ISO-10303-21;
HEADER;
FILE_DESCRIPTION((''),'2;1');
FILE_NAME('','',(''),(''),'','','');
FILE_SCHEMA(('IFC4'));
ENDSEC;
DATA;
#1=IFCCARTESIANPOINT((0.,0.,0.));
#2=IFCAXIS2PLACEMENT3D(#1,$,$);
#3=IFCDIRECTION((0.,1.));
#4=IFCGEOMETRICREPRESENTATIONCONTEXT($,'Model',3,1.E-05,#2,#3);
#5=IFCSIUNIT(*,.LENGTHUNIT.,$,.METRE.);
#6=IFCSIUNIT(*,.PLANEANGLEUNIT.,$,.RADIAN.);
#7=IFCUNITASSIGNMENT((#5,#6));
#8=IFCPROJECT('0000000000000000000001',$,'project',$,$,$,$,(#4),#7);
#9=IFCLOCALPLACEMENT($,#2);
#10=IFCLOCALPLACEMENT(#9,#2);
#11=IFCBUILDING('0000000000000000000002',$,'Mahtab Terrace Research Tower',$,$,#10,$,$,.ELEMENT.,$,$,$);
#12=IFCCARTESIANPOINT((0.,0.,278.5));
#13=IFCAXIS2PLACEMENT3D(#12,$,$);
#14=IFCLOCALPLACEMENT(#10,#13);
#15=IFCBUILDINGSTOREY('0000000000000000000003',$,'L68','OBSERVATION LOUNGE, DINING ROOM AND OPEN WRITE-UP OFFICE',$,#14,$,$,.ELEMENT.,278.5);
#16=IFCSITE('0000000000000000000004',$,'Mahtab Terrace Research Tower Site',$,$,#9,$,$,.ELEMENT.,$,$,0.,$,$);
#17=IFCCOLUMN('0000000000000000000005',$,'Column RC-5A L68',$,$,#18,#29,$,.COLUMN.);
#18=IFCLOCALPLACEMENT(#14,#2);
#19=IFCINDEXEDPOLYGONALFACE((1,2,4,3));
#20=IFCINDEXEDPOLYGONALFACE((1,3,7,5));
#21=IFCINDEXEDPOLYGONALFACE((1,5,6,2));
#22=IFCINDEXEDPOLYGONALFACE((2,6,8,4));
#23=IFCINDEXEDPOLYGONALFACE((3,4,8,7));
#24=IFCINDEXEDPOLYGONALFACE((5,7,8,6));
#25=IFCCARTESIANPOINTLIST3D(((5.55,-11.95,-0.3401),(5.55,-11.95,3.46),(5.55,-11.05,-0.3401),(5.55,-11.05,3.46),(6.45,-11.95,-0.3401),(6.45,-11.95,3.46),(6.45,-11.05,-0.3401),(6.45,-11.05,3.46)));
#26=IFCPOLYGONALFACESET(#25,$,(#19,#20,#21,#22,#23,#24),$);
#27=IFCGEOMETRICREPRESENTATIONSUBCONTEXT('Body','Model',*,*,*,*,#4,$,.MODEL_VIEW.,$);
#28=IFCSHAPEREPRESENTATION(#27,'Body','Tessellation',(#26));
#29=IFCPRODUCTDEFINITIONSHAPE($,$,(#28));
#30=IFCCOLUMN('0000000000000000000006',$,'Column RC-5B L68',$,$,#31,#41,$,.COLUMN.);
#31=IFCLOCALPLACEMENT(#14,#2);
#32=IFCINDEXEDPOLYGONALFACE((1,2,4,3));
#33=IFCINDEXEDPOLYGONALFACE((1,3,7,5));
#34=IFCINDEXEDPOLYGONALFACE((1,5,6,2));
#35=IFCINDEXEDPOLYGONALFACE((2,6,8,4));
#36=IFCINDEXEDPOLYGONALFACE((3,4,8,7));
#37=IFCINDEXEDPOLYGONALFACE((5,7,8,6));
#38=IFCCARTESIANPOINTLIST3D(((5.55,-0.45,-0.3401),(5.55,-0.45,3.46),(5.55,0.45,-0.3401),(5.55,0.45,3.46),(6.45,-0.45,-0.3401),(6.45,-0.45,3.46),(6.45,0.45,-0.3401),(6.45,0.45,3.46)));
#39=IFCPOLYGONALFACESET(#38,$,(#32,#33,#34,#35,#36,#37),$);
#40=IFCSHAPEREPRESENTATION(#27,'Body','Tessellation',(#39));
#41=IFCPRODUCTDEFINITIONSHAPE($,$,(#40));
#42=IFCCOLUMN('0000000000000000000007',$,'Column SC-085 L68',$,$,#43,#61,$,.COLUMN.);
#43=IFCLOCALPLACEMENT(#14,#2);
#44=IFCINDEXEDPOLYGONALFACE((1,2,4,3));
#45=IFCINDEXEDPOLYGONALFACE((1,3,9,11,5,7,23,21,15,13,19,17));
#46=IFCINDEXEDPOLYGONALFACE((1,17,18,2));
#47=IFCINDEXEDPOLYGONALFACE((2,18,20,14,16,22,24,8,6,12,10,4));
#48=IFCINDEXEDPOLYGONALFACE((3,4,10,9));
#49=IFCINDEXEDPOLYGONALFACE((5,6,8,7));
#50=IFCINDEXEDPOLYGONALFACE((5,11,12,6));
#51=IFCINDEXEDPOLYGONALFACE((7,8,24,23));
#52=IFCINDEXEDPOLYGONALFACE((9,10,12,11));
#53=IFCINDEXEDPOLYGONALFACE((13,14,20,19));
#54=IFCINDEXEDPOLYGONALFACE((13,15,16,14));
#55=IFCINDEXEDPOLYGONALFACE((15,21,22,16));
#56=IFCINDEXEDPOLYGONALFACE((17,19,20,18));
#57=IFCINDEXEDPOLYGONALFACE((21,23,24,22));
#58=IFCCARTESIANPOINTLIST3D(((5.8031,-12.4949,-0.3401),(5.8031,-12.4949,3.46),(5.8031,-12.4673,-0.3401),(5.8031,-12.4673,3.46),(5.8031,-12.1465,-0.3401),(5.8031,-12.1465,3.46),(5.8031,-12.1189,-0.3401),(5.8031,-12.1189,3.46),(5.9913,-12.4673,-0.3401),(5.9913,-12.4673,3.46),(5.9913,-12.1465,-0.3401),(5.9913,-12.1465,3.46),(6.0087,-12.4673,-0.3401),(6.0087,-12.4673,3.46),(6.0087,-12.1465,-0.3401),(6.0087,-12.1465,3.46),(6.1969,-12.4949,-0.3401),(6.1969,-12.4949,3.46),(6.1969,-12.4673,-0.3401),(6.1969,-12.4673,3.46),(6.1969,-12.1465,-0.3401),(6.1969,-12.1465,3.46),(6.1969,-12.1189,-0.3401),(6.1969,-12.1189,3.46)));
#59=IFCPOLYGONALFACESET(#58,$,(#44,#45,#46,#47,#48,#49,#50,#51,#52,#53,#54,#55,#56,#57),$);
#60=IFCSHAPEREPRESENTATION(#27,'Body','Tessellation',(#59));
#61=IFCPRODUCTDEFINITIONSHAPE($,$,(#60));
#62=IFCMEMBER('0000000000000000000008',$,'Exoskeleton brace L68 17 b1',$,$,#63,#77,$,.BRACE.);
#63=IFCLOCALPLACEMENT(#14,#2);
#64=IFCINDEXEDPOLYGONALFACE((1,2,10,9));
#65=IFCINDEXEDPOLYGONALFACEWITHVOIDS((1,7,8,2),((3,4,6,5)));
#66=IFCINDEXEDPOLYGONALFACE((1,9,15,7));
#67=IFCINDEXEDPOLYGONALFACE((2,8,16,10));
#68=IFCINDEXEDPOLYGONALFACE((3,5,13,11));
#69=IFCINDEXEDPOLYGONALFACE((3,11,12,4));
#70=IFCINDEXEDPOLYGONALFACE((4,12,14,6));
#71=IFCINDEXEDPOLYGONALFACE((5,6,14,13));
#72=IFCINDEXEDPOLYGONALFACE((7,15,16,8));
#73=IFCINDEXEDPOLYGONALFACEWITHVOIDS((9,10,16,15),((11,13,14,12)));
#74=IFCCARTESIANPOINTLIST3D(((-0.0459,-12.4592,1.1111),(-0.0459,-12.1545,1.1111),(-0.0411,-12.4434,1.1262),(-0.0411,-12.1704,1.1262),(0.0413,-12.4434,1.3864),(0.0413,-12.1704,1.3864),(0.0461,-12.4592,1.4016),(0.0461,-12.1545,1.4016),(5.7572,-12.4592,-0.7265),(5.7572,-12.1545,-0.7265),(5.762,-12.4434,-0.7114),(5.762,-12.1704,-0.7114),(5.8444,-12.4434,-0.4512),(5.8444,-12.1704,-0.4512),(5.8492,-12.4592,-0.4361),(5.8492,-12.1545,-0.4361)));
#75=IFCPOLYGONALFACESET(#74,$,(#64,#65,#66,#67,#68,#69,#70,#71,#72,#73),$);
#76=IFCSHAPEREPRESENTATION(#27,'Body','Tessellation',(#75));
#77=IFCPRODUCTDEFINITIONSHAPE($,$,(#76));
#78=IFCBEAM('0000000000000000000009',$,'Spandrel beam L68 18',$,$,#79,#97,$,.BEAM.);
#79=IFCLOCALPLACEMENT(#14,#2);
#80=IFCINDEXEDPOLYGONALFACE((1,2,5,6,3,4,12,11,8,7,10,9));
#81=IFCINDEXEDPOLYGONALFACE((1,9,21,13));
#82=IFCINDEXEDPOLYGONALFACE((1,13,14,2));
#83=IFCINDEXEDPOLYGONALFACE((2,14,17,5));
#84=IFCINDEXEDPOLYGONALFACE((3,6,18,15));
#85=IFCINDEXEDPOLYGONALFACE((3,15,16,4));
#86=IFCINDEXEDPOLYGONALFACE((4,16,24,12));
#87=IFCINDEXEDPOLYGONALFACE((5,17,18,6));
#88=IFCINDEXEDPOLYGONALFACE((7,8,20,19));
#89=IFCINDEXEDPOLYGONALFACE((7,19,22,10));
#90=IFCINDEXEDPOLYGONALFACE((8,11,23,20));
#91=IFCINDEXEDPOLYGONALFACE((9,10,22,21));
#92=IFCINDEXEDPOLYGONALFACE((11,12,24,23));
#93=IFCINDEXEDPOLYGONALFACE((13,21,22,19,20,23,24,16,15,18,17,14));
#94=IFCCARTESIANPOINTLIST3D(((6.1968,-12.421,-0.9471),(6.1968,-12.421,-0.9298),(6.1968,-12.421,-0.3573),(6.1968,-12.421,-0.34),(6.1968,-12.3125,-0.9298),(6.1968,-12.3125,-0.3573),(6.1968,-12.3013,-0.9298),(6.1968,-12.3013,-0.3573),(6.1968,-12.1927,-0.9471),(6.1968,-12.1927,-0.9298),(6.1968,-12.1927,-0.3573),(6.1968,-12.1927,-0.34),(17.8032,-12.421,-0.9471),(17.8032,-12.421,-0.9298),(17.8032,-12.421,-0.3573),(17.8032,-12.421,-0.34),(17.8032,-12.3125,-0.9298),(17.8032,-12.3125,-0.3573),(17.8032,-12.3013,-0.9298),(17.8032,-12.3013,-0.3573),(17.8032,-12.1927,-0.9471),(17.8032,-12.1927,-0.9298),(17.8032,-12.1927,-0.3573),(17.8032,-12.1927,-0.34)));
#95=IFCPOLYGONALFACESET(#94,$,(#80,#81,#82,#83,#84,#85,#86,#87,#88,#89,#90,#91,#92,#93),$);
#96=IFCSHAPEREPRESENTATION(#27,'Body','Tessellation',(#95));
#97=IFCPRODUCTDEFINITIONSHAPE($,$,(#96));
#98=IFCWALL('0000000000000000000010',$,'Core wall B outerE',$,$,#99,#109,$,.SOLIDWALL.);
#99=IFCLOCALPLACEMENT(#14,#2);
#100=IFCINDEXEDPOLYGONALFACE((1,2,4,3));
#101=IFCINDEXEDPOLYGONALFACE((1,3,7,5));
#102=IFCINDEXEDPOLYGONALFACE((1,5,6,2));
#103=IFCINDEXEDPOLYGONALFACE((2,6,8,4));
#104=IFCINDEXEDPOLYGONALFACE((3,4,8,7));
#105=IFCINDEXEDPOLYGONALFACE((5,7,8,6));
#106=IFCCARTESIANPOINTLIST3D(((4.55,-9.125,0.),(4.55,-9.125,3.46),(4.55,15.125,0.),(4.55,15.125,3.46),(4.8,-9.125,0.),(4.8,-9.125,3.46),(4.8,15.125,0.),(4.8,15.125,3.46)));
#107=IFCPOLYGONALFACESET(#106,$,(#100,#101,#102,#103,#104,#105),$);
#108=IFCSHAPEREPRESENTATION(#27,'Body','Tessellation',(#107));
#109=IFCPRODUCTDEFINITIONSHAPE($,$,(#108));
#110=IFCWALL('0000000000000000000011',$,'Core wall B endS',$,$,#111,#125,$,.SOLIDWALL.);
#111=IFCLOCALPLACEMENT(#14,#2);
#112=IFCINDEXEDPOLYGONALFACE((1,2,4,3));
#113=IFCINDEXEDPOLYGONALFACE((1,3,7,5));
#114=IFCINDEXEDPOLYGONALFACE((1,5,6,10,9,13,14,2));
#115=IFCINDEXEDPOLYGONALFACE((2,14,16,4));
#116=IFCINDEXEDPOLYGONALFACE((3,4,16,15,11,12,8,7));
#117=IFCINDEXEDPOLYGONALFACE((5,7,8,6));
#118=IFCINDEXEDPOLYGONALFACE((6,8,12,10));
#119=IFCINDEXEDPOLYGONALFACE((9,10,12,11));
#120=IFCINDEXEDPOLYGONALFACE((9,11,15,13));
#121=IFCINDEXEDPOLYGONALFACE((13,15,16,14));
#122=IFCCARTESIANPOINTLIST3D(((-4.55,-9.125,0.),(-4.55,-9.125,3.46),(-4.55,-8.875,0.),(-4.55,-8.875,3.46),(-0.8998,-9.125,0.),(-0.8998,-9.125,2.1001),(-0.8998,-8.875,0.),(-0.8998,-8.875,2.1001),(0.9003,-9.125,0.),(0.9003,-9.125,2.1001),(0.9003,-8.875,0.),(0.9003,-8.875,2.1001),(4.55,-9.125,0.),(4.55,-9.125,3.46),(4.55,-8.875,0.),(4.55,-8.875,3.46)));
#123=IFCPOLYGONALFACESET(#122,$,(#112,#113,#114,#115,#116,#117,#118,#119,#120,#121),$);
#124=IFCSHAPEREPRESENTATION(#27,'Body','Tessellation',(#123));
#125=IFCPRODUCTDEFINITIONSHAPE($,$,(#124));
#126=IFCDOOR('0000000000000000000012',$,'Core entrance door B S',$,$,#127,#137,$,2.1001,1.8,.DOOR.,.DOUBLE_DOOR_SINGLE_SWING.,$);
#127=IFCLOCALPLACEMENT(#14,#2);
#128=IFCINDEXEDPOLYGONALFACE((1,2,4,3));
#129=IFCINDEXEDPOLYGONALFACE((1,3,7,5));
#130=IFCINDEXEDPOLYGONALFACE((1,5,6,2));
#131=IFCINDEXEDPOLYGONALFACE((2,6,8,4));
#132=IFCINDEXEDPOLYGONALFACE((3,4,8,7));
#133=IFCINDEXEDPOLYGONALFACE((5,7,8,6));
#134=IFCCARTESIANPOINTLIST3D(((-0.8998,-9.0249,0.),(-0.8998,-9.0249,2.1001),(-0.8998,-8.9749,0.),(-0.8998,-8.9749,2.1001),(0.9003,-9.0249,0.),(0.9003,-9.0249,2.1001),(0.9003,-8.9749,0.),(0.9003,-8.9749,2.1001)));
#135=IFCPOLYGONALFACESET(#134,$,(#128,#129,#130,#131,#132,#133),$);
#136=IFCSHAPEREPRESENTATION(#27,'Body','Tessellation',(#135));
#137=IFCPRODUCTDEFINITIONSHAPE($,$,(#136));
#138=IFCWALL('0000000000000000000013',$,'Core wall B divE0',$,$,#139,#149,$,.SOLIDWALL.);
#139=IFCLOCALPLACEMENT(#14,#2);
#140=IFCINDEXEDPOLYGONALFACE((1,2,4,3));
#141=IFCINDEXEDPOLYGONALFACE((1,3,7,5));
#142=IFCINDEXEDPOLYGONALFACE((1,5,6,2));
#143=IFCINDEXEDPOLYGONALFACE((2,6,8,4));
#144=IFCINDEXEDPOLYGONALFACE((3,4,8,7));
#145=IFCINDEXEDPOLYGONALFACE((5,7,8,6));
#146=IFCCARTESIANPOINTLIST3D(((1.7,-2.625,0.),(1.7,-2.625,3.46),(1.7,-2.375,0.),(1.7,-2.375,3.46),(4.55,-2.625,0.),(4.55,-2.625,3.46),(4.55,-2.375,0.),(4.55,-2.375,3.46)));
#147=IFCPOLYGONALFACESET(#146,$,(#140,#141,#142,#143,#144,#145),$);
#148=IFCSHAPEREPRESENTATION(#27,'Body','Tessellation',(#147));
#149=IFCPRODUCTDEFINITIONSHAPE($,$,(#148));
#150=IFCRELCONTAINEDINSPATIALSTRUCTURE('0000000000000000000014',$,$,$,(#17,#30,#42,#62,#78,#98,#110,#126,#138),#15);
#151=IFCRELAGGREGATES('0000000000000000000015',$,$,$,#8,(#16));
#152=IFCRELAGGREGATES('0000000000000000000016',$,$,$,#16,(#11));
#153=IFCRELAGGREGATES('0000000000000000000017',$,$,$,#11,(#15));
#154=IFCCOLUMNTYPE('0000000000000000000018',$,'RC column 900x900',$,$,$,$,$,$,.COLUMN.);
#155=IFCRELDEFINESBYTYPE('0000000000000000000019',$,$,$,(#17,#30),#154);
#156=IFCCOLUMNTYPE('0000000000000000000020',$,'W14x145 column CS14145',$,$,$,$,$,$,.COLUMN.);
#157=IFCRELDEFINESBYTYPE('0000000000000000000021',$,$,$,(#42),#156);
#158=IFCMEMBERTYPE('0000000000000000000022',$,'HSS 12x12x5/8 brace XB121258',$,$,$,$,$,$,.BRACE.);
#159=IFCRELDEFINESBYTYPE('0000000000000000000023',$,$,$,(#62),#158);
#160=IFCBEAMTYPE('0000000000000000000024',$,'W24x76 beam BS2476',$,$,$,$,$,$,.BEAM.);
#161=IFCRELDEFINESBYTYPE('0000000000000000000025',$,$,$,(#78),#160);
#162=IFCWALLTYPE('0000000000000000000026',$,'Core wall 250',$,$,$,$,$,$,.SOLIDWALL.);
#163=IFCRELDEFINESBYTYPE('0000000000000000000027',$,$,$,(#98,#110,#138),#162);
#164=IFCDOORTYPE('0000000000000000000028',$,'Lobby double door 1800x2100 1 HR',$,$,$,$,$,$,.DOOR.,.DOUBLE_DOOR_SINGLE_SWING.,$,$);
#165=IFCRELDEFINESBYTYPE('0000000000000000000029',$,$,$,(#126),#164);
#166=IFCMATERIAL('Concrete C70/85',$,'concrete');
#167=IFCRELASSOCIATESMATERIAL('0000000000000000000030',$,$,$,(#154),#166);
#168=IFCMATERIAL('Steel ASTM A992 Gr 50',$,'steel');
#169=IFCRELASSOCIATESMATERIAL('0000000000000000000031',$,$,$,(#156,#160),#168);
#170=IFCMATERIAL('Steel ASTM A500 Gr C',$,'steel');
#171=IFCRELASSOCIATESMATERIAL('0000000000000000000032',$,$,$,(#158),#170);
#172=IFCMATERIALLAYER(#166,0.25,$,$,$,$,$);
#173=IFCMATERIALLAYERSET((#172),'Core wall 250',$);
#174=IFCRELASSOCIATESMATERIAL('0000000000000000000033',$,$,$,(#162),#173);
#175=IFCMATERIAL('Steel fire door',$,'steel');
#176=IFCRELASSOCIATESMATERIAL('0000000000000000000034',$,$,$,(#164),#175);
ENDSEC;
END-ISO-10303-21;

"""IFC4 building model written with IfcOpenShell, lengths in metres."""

from ifc_helpers import new_model, si_unit, direction, frame, frame_2d, origin, origin_2d, place, context, subcontext, project, spatial, rectangle, hollow_rectangle, i_section, extrude, material, layer, layer_set, material_profile, profile_set, type_object, element, fill, save


model = new_model("IFC4")

# Units and contexts
model_context = context("Model", 3, precision=1e-05, world=origin(), true_north=direction((0.0, 1.0)))
body_context = subcontext(model_context, "Body", "Model", "MODEL_VIEW")
ifc_project = project(units=[si_unit("LENGTHUNIT", "METRE"), si_unit("PLANEANGLEUNIT", "RADIAN")], contexts=[model_context])

# Site, building, storey
site_placement = place(None, origin())
site = spatial("IfcSite", under=ifc_project, at=site_placement, Name="Mahtab Terrace Research Tower Site", CompositionType="ELEMENT", RefElevation=0.0)
building_placement = place(site_placement, origin())
building = spatial("IfcBuilding", under=site, at=building_placement, Name="Mahtab Terrace Research Tower", CompositionType="ELEMENT")
storey_placement = place(building_placement, frame((0.0, 0.0, 278.5)))
storey = spatial("IfcBuildingStorey", under=building, at=storey_placement, Name="L68", Description="OBSERVATION LOUNGE, DINING ROOM AND OPEN WRITE-UP OFFICE", CompositionType="ELEMENT", Elevation=278.5)

# Columns
ifc_material_1 = material(Name="Concrete C70/85", Category="concrete")
ifc_material_profile_1 = material_profile(ifc_material_1, rectangle(XDim=0.8999, YDim=0.8999, at=origin_2d()), Name="RC column 900x900")
ifc_profile_set_1 = profile_set([ifc_material_profile_1], Name="Concrete C70/85")
column_type_1 = type_object("IfcColumnType", Name="RC column 900x900", PredefinedType="COLUMN", material=ifc_profile_set_1)
for number, where, z_axis, x_axis, name in (
    (1, (6.0, -11.5, -0.3401), (0.0, 0.0, 1.0), (1.0, 0.0, 0.0), "Column RC-5A L68"),
    (2, (6.0, 0.0, -0.3401), (0.0, 0.0, 1.0), (1.0, 0.0, 0.0), "Column RC-5B L68"),
):
    element("IfcColumn", number, at=place(storey_placement, frame(where, z_axis=z_axis, x_axis=x_axis)), inside=storey, type_object=column_type_1, Name=name, PredefinedType="COLUMN", context=body_context, shape_type="SweptSolid", body=[
        extrude(rectangle(XDim=0.8999, YDim=0.8999, at=origin_2d()), origin(), (0.0, 0.0, 1.0), 3.8),
    ])
ifc_material_2 = material(Name="Steel ASTM A992 Gr 50", Category="steel")
ifc_material_profile_2 = material_profile(ifc_material_2, i_section(OverallWidth=0.3938, OverallDepth=0.376, WebThickness=0.0173, FlangeThickness=0.0276, at=origin_2d()), Name="W14X145")
ifc_profile_set_2 = profile_set([ifc_material_profile_2], Name="Steel ASTM A992 Gr 50")
column_type_2 = type_object("IfcColumnType", Name="W14x145 column CS14145", PredefinedType="COLUMN", material=ifc_profile_set_2)
column_placement = place(storey_placement, frame((6.0, -12.3069, -0.3401), z_axis=(0.0, 0.0, 1.0), x_axis=(1.0, 0.0, 0.0)))
element("IfcColumn", 3, at=column_placement, inside=storey, type_object=column_type_2, Name="Column SC-085 L68", PredefinedType="COLUMN", context=body_context, shape_type="SweptSolid", body=[
    extrude(i_section(OverallWidth=0.3938, OverallDepth=0.376, WebThickness=0.0173, FlangeThickness=0.0276, at=origin_2d()), origin(), (0.0, 0.0, 1.0), 3.8),
])

# Member
ifc_material_3 = material(Name="Steel ASTM A500 Gr C", Category="steel")
ifc_material_profile_3 = material_profile(ifc_material_3, hollow_rectangle(XDim=0.3047, YDim=0.3047, WallThickness=0.0159, at=origin_2d()), Name="HSS12X12X5/8")
ifc_profile_set_3 = profile_set([ifc_material_profile_3], Name="Steel ASTM A500 Gr C")
member_type = type_object("IfcMemberType", Name="HSS 12x12x5/8 brace XB121258", PredefinedType="BRACE", material=ifc_profile_set_3)
member_placement = place(storey_placement, frame((5.8032, -12.3069, -0.5813), z_axis=(-0.953344, 0.0, 0.301886), x_axis=(0.0, -1.0, 0.0)))
element("IfcMember", 4, at=member_placement, inside=storey, type_object=member_type, Name="Exoskeleton brace L68 17 b1", PredefinedType="BRACE", context=body_context, shape_type="SweptSolid", body=[
    extrude(hollow_rectangle(XDim=0.3047, YDim=0.3047, WallThickness=0.0159, at=origin_2d()), origin(), (0.0, 0.0, 1.0), 6.0872),
])

# Beam
ifc_material_profile_4 = material_profile(ifc_material_2, i_section(OverallWidth=0.2283, OverallDepth=0.6072, WebThickness=0.0112, FlangeThickness=0.0173, at=origin_2d()), Name="W24X76")
ifc_profile_set_4 = profile_set([ifc_material_profile_4], Name="Steel ASTM A992 Gr 50")
beam_type = type_object("IfcBeamType", Name="W24x76 beam BS2476", PredefinedType="BEAM", material=ifc_profile_set_4)
beam_placement = place(storey_placement, frame((6.1968, -12.3069, -0.6436), z_axis=(1.0, 0.0, 0.0), x_axis=(0.0, 1.0, 0.0)))
element("IfcBeam", 5, at=beam_placement, inside=storey, type_object=beam_type, Name="Spandrel beam L68 18", PredefinedType="BEAM", context=body_context, shape_type="SweptSolid", body=[
    extrude(i_section(OverallWidth=0.2283, OverallDepth=0.6072, WebThickness=0.0112, FlangeThickness=0.0173, at=origin_2d()), origin(), (0.0, 0.0, 1.0), 11.6064),
])

# Wall
ifc_layer_1 = layer(ifc_material_1, 0.25)
ifc_layer_set_1 = layer_set([ifc_layer_1], Name="Core wall 250")
wall_type_1 = type_object("IfcWallType", Name="Core wall 250", PredefinedType="SOLIDWALL", material=ifc_layer_set_1)
wall_1_placement = place(storey_placement, frame((4.675, -9.125, 0.0), z_axis=(0.0, 0.0, 1.0), x_axis=(0.0, 1.0, 0.0)))
element("IfcWall", 6, at=wall_1_placement, inside=storey, type_object=wall_type_1, Name="Core wall B outerE", PredefinedType="SOLIDWALL", context=body_context, shape_type="SweptSolid", body=[
    extrude(rectangle(XDim=24.25, YDim=0.25, at=frame_2d((12.125, 0.0))), origin(), (0.0, 0.0, 1.0), 3.46),
])

# Wall, opening, door
wall_2_placement = place(storey_placement, frame((4.55, -9.0, 0.0), z_axis=(0.0, 0.0, 1.0), x_axis=(-1.0, 0.0, 0.0)))
wall_2 = element("IfcWall", 7, at=wall_2_placement, inside=storey, type_object=wall_type_1, Name="Core wall B endS", PredefinedType="SOLIDWALL", context=body_context, shape_type="SweptSolid", body=[
    extrude(rectangle(XDim=9.1001, YDim=0.25, at=frame_2d((4.55, 0.0))), origin(), (0.0, 0.0, 1.0), 3.46),
])
opening_1_placement = place(wall_2_placement, frame((3.6499, 0.0, 0.0)))
opening_1 = element("IfcOpeningElement", 8, at=opening_1_placement, cuts=wall_2, PredefinedType="OPENING", context=body_context, shape_type="SweptSolid", body=[
    extrude(rectangle(XDim=1.8, YDim=2.1001, at=frame_2d((0.8999, 1.05))), frame((0.0, 0.135, 0.0), z_axis=(0.0, -1.0, 0.0), x_axis=(1.0, 0.0, 0.0)), (0.0, 0.0, 1.0), 0.27),
])
ifc_material_4 = material(Name="Steel fire door", Category="steel")
door_type_1 = type_object("IfcDoorType", Name="Lobby double door 1800x2100 1 HR", OperationType="DOUBLE_DOOR_SINGLE_SWING", PredefinedType="DOOR", material=ifc_material_4)
door_1_placement = place(opening_1_placement, origin())
door_1 = element("IfcDoor", 9, at=door_1_placement, inside=storey, type_object=door_type_1, Name="Core entrance door B S", OperationType="DOUBLE_DOOR_SINGLE_SWING", OverallHeight=2.1001, OverallWidth=1.8, PredefinedType="DOOR", context=body_context, shape_type="SweptSolid", body=[
    extrude(rectangle(XDim=1.8, YDim=2.1001, at=frame_2d((0.8999, 1.05))), frame((0.0, 0.0249, 0.0), z_axis=(0.0, -1.0, 0.0), x_axis=(1.0, 0.0, 0.0)), (0.0, 0.0, 1.0), 0.05),
])
fill(opening_1, door_1)

# Wall
wall_3_placement = place(storey_placement, frame((1.7, -2.5, 0.0), z_axis=(0.0, 0.0, 1.0), x_axis=(1.0, 0.0, 0.0)))
element("IfcWall", 10, at=wall_3_placement, inside=storey, type_object=wall_type_1, Name="Core wall B divE0", PredefinedType="SOLIDWALL", context=body_context, shape_type="SweptSolid", body=[
    extrude(rectangle(XDim=2.8501, YDim=0.25, at=frame_2d((1.425, 0.0))), origin(), (0.0, 0.0, 1.0), 3.46),
])

save(model, "model.ifc")
